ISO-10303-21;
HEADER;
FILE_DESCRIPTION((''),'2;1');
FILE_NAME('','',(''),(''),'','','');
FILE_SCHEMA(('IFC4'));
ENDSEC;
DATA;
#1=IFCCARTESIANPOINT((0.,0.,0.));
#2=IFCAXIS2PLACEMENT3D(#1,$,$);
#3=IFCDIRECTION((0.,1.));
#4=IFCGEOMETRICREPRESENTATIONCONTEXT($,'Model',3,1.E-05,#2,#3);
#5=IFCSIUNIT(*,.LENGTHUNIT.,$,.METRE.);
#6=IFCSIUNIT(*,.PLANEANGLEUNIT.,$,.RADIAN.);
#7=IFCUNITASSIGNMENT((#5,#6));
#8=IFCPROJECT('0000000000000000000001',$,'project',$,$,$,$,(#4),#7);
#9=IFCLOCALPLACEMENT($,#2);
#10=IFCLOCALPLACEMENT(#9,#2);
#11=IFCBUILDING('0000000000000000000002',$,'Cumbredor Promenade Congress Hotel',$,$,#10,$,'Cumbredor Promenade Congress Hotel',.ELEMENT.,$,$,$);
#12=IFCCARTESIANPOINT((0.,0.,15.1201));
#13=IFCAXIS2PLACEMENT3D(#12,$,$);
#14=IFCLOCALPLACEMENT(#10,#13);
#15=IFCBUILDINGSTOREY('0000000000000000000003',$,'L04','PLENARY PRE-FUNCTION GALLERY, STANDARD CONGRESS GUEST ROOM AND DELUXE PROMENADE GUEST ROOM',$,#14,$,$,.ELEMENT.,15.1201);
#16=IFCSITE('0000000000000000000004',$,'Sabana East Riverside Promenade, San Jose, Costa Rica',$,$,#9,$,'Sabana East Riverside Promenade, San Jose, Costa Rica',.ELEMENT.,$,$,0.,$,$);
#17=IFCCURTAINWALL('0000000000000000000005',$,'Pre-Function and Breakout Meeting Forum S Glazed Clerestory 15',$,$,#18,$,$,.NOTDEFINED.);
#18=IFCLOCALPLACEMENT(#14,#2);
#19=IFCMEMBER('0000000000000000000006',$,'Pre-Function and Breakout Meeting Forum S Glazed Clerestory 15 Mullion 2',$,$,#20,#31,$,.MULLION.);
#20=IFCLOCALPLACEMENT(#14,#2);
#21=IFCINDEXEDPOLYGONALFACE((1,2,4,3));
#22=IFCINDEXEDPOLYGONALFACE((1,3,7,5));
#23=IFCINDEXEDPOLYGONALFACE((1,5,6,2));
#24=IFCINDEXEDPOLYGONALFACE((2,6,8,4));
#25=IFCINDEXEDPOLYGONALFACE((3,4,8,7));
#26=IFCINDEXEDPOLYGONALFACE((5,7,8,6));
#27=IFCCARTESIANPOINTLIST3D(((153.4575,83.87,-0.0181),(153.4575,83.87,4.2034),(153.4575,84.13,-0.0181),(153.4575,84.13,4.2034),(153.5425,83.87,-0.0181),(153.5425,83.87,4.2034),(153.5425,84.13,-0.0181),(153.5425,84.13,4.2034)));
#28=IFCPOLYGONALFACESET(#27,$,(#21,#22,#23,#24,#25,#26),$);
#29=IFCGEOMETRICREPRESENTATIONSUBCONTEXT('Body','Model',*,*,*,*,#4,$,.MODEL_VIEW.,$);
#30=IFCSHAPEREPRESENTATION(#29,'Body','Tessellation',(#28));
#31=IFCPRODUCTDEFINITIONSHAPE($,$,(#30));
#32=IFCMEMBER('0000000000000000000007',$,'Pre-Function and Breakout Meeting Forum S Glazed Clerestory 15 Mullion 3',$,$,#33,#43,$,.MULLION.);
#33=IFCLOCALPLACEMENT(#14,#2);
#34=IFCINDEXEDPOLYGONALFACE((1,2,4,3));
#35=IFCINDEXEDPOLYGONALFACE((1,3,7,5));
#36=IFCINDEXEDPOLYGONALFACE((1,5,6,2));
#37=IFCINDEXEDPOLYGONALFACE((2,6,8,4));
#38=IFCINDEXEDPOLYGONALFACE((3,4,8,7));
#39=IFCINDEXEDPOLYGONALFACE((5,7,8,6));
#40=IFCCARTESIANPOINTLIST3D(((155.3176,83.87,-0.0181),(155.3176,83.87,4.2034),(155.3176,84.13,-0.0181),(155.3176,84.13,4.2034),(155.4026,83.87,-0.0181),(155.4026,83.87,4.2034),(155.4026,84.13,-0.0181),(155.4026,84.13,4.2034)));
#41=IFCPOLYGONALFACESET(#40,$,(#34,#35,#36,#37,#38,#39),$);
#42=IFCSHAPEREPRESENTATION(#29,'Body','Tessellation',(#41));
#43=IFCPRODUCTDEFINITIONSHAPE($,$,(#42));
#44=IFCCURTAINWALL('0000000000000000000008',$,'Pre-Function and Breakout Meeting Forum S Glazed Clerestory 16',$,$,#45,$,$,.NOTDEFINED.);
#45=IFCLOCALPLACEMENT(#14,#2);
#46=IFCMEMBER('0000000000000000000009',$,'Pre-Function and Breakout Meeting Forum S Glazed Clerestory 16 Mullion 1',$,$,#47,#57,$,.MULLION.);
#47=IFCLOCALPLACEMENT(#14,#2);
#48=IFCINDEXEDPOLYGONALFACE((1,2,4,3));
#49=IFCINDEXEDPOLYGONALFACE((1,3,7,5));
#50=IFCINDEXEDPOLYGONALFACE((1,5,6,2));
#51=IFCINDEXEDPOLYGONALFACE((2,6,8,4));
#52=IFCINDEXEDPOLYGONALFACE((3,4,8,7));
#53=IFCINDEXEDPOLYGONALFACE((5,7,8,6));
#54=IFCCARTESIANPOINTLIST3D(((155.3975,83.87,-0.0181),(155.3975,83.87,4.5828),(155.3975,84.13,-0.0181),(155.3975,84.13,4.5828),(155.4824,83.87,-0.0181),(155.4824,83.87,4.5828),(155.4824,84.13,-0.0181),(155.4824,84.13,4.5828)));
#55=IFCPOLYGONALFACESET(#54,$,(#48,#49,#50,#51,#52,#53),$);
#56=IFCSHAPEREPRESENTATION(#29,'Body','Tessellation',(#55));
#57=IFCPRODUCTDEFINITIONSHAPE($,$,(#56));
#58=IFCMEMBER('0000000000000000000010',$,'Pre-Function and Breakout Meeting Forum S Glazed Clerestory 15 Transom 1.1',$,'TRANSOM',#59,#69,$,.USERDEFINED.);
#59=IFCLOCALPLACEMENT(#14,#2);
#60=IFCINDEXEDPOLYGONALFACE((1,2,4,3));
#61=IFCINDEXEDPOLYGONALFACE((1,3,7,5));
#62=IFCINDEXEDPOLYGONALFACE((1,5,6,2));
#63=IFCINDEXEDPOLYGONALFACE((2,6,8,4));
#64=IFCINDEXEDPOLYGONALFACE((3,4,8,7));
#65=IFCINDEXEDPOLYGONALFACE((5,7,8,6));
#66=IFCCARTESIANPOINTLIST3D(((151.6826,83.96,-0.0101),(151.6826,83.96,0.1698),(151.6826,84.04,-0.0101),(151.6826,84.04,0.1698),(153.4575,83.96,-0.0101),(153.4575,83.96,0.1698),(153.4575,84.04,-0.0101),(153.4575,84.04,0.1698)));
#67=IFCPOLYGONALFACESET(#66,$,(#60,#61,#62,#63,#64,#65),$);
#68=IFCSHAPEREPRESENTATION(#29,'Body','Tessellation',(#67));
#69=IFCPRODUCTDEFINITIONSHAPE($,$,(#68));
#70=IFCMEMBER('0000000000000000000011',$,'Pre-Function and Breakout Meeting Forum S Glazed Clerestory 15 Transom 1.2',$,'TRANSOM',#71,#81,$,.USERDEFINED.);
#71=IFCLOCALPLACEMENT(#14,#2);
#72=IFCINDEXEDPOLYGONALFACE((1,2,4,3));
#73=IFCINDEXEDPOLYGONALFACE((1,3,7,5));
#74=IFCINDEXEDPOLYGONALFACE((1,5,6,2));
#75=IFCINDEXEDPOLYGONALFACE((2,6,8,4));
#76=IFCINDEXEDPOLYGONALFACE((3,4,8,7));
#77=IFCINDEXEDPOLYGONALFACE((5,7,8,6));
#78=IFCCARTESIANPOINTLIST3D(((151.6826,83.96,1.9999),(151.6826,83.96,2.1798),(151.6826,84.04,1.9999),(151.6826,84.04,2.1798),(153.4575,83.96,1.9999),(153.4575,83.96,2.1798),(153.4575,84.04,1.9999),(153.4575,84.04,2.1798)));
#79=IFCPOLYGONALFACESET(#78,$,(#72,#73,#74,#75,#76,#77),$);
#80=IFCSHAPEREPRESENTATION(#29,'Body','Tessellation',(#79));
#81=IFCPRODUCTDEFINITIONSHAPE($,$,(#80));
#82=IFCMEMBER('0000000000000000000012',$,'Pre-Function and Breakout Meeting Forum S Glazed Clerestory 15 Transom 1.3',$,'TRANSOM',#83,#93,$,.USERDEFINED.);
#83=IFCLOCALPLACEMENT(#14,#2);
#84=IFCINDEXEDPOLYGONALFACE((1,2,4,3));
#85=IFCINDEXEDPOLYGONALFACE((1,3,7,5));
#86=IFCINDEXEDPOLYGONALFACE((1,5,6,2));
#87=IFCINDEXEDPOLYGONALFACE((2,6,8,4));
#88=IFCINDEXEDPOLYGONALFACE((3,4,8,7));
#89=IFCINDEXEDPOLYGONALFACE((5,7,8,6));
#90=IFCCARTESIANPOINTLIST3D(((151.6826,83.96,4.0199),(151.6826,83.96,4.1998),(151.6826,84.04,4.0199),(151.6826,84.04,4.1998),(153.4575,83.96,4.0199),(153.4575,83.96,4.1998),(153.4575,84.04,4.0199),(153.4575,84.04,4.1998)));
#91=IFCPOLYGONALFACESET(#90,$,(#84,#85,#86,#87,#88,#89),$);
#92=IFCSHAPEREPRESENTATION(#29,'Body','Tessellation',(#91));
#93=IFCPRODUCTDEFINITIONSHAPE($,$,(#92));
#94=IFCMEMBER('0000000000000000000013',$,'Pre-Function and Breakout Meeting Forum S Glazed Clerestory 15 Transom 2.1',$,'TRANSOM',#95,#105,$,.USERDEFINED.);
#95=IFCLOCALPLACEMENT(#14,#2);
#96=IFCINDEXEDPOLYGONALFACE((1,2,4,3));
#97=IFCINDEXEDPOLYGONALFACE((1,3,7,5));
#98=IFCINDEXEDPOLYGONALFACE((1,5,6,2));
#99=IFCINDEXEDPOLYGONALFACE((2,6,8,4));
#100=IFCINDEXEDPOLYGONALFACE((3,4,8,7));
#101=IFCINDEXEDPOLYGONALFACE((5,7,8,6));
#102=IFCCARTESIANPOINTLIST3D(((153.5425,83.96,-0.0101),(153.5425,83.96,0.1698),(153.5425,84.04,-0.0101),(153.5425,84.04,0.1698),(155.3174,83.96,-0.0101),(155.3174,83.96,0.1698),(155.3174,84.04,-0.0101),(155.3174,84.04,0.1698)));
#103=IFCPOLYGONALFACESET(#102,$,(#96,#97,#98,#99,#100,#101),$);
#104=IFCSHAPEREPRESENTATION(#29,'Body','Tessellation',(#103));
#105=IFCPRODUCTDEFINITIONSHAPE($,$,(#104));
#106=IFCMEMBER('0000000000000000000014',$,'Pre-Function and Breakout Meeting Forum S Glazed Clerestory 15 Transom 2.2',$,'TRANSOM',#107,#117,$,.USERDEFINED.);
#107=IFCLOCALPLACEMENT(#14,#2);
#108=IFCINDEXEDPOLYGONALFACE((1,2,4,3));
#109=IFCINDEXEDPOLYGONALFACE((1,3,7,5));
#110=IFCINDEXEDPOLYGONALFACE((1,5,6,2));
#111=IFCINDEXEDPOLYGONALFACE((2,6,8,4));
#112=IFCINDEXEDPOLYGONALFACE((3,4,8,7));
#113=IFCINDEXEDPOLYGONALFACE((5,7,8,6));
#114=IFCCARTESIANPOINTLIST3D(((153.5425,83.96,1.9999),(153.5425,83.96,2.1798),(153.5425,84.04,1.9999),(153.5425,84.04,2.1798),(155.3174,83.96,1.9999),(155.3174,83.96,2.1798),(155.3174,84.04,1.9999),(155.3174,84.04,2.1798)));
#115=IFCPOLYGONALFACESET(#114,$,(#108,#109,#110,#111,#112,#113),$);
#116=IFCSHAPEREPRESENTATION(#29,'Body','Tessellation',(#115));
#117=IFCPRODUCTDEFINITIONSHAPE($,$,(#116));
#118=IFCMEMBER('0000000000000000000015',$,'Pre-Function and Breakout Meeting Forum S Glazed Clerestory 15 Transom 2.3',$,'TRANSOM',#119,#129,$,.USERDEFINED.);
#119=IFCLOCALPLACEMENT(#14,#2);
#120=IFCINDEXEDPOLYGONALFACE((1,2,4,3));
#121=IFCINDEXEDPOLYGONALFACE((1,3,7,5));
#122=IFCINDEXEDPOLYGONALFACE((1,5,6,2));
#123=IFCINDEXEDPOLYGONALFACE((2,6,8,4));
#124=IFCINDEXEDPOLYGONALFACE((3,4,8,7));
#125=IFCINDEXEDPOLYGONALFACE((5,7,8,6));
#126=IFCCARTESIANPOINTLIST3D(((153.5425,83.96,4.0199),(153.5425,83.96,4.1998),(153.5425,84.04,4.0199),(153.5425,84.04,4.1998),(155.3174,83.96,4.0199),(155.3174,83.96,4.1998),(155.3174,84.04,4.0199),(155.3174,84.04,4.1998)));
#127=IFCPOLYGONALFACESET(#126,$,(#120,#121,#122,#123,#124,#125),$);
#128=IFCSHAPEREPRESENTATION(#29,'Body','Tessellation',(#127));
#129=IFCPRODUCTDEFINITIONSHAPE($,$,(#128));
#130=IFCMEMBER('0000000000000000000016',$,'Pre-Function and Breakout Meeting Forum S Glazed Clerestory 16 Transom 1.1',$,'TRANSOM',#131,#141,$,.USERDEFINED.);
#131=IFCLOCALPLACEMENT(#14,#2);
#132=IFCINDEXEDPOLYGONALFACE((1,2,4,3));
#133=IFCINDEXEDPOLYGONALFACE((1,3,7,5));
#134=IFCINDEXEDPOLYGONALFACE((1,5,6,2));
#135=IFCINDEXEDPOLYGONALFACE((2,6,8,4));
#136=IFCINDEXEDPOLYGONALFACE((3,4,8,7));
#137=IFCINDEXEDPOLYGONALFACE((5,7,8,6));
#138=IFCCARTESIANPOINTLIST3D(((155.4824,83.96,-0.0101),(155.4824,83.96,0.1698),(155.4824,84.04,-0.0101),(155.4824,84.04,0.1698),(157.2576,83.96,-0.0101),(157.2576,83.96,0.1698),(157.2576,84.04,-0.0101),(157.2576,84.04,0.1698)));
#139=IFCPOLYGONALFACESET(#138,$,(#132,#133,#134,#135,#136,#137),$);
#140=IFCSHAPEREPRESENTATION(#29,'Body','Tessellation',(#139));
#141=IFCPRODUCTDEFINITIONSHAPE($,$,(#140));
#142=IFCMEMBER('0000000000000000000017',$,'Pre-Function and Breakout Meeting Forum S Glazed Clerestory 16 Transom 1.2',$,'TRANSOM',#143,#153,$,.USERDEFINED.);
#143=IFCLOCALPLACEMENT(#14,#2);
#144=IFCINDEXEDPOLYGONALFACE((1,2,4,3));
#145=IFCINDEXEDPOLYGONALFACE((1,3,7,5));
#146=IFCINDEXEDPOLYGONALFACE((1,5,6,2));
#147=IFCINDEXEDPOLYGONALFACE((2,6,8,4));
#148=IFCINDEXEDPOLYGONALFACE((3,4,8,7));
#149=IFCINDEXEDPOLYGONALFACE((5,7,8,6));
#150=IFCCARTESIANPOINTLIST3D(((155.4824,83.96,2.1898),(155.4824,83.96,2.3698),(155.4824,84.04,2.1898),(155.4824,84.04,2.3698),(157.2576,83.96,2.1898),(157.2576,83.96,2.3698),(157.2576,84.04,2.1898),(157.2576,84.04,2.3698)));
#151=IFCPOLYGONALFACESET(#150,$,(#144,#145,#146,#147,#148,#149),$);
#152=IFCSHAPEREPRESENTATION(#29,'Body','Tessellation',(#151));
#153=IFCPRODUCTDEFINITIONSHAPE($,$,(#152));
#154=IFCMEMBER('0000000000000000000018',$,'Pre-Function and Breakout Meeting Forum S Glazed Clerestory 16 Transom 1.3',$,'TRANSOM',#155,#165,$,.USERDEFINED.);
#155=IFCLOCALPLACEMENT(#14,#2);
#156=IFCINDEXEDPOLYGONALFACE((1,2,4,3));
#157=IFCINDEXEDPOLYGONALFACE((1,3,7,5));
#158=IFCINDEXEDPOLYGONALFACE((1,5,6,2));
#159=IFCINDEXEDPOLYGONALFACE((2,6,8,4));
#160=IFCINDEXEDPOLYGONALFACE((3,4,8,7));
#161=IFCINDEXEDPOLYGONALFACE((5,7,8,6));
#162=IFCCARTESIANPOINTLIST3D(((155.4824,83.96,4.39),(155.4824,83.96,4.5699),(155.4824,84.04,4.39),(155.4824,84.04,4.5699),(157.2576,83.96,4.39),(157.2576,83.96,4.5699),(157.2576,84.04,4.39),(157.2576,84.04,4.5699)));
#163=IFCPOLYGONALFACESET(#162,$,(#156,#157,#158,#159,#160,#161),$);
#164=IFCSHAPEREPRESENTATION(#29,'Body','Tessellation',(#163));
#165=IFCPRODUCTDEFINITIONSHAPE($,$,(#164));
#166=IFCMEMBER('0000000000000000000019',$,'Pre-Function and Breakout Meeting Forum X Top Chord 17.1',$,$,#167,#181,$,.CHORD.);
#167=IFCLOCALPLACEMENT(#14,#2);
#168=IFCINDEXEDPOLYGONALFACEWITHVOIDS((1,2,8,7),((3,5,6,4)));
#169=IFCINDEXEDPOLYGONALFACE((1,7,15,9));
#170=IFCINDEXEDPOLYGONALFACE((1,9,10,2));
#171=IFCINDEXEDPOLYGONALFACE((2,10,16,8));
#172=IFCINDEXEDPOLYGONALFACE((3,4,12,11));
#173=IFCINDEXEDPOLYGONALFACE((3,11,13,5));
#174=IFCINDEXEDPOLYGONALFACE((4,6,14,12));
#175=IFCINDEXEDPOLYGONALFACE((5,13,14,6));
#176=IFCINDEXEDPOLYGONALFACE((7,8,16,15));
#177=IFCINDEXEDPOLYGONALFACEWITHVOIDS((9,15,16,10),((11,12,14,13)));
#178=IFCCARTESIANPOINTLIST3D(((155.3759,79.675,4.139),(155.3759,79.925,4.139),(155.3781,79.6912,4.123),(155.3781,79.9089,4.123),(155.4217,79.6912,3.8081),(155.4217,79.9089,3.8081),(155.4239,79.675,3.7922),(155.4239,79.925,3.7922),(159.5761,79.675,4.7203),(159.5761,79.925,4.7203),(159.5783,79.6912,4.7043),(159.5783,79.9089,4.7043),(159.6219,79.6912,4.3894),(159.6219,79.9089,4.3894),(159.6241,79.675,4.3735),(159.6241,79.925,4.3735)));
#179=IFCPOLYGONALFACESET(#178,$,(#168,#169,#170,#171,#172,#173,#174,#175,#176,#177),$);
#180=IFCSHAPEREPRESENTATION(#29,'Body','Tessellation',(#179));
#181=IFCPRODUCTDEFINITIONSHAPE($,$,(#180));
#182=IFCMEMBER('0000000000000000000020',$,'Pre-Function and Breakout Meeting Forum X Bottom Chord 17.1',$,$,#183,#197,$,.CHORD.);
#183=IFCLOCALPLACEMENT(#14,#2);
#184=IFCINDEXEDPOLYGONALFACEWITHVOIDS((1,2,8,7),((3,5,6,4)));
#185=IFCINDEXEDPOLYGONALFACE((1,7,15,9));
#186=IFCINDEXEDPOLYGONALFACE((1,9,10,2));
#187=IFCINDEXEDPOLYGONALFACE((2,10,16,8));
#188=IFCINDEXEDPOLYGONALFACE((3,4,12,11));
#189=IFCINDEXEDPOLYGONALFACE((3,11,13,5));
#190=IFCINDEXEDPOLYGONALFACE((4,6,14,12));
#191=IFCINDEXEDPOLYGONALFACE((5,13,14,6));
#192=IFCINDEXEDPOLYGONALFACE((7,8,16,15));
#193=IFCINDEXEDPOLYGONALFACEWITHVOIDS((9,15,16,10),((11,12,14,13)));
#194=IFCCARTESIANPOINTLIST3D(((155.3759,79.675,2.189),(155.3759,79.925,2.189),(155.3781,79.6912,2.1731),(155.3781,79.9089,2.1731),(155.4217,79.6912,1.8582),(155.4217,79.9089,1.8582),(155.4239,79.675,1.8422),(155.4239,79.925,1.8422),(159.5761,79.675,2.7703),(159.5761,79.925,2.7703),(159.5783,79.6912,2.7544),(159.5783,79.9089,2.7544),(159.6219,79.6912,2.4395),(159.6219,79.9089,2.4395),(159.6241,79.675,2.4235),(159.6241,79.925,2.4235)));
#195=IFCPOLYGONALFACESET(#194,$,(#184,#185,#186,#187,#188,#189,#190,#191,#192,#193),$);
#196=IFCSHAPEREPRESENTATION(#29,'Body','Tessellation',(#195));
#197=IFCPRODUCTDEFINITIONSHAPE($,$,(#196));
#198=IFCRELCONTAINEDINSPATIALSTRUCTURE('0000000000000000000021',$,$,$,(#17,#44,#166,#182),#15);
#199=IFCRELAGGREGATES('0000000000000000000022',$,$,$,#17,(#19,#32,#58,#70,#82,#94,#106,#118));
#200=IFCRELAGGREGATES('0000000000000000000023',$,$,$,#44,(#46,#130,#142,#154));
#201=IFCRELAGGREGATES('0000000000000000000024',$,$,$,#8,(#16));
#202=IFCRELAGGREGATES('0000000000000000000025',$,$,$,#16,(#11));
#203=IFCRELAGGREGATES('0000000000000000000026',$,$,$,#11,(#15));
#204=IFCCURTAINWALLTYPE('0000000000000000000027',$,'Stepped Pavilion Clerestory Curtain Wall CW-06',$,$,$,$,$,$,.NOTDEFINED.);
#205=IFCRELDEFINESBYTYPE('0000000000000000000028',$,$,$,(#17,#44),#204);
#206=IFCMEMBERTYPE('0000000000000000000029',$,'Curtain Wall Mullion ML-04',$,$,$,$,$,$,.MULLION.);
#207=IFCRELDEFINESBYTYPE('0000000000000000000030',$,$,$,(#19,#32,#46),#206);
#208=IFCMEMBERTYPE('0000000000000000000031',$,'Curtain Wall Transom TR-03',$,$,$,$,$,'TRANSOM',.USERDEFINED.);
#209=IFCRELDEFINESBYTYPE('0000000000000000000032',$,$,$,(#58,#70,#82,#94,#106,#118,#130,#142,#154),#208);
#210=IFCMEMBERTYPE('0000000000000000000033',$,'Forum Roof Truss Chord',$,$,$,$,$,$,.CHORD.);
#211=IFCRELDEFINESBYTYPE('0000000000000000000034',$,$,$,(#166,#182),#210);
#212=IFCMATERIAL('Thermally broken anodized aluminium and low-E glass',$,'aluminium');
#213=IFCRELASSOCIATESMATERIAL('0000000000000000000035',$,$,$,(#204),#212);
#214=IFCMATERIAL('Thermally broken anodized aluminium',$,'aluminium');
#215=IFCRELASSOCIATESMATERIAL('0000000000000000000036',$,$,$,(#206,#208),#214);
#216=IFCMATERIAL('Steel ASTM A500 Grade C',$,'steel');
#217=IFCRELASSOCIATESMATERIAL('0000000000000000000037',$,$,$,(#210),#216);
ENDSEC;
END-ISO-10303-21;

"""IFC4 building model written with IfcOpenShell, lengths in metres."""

from ifc_helpers import new_model, si_unit, direction, frame, origin, origin_2d, place, context, subcontext, project, spatial, rectangle, hollow_rectangle, extrude, material, material_profile, profile_set, type_object, element, aggregate, save


model = new_model("IFC4")

# Units and contexts
model_context = context("Model", 3, precision=1e-05, world=origin(), true_north=direction((0.0, 1.0)))
body_context = subcontext(model_context, "Body", "Model", "MODEL_VIEW")
ifc_project = project(units=[si_unit("LENGTHUNIT", "METRE"), si_unit("PLANEANGLEUNIT", "RADIAN")], contexts=[model_context])

# Site, building, storey
site_placement = place(None, origin())
site = spatial("IfcSite", under=ifc_project, at=site_placement, Name="Sabana East Riverside Promenade, San Jose, Costa Rica", LongName="Sabana East Riverside Promenade, San Jose, Costa Rica", CompositionType="ELEMENT", RefElevation=0.0)
building_placement = place(site_placement, origin())
building = spatial("IfcBuilding", under=site, at=building_placement, Name="Cumbredor Promenade Congress Hotel", LongName="Cumbredor Promenade Congress Hotel", CompositionType="ELEMENT")
storey_placement = place(building_placement, frame((0.0, 0.0, 15.1201)))
storey = spatial("IfcBuildingStorey", under=building, at=storey_placement, Name="L04", Description="PLENARY PRE-FUNCTION GALLERY, STANDARD CONGRESS GUEST ROOM AND DELUXE PROMENADE GUEST ROOM", CompositionType="ELEMENT", Elevation=15.1201)

# Curtain wall, members
ifc_material_1 = material(Name="Thermally broken anodized aluminium and low-E glass", Category="aluminium")
curtain_wall_type = type_object("IfcCurtainWallType", Name="Stepped Pavilion Clerestory Curtain Wall CW-06", PredefinedType="NOTDEFINED", material=ifc_material_1)
curtain_wall_1_placement = place(storey_placement, origin())
curtain_wall_1 = element("IfcCurtainWall", 1, at=curtain_wall_1_placement, inside=storey, type_object=curtain_wall_type, Name="Pre-Function and Breakout Meeting Forum S Glazed Clerestory 15", PredefinedType="NOTDEFINED")
ifc_material_2 = material(Name="Thermally broken anodized aluminium", Category="aluminium")
ifc_material_profile_1 = material_profile(ifc_material_2, rectangle(XDim=0.085, YDim=0.26, at=origin_2d()), Name="ALU MULLION CLERESTORY 85x260")
ifc_profile_set_1 = profile_set([ifc_material_profile_1], Name="Thermally broken anodized aluminium")
member_type_1 = type_object("IfcMemberType", Name="Curtain Wall Mullion ML-04", PredefinedType="MULLION", material=ifc_profile_set_1)
member_1_placement = place(storey_placement, frame((153.5, 84.0, -0.0181), z_axis=(0.0, 0.0, 1.0), x_axis=(1.0, 0.0, 0.0)))
member_1 = element("IfcMember", 2, at=member_1_placement, type_object=member_type_1, Name="Pre-Function and Breakout Meeting Forum S Glazed Clerestory 15 Mullion 2", PredefinedType="MULLION", context=body_context, shape_type="SweptSolid", body=[
    extrude(rectangle(XDim=0.085, YDim=0.26, at=origin_2d()), origin(), (0.0, 0.0, 1.0), 4.2214),
])
member_2_placement = place(storey_placement, frame((155.3601, 84.0, -0.0181), z_axis=(0.0, 0.0, 1.0), x_axis=(1.0, 0.0, 0.0)))
member_2 = element("IfcMember", 3, at=member_2_placement, type_object=member_type_1, Name="Pre-Function and Breakout Meeting Forum S Glazed Clerestory 15 Mullion 3", PredefinedType="MULLION", context=body_context, shape_type="SweptSolid", body=[
    extrude(rectangle(XDim=0.085, YDim=0.26, at=origin_2d()), origin(), (0.0, 0.0, 1.0), 4.2214),
])

# Curtain wall, member
curtain_wall_2_placement = place(storey_placement, origin())
curtain_wall_2 = element("IfcCurtainWall", 4, at=curtain_wall_2_placement, inside=storey, type_object=curtain_wall_type, Name="Pre-Function and Breakout Meeting Forum S Glazed Clerestory 16", PredefinedType="NOTDEFINED")
member_3_placement = place(storey_placement, frame((155.4399, 84.0, -0.0181), z_axis=(0.0, 0.0, 1.0), x_axis=(1.0, 0.0, 0.0)))
member_3 = element("IfcMember", 5, at=member_3_placement, type_object=member_type_1, Name="Pre-Function and Breakout Meeting Forum S Glazed Clerestory 16 Mullion 1", PredefinedType="MULLION", context=body_context, shape_type="SweptSolid", body=[
    extrude(rectangle(XDim=0.085, YDim=0.26, at=origin_2d()), origin(), (0.0, 0.0, 1.0), 4.6008),
])

# Members
ifc_material_profile_2 = material_profile(ifc_material_2, rectangle(XDim=0.0801, YDim=0.1799, at=origin_2d()), Name="ALU TRANSOM 80x180")
ifc_profile_set_2 = profile_set([ifc_material_profile_2], Name="Thermally broken anodized aluminium")
member_type_2 = type_object("IfcMemberType", Name="Curtain Wall Transom TR-03", ElementType="TRANSOM", PredefinedType="USERDEFINED", material=ifc_profile_set_2)
member_4_placement = place(storey_placement, frame((151.6826, 84.0, 0.0798), z_axis=(1.0, 0.0, 0.0), x_axis=(0.0, 1.0, 0.0)))
member_4 = element("IfcMember", 6, at=member_4_placement, type_object=member_type_2, Name="Pre-Function and Breakout Meeting Forum S Glazed Clerestory 15 Transom 1.1", ObjectType="TRANSOM", PredefinedType="USERDEFINED", context=body_context, shape_type="SweptSolid", body=[
    extrude(rectangle(XDim=0.0801, YDim=0.1799, at=origin_2d()), origin(), (0.0, 0.0, 1.0), 1.7749),
])
member_5_placement = place(storey_placement, frame((151.6826, 84.0, 2.0898), z_axis=(1.0, 0.0, 0.0), x_axis=(0.0, 1.0, 0.0)))
member_5 = element("IfcMember", 7, at=member_5_placement, type_object=member_type_2, Name="Pre-Function and Breakout Meeting Forum S Glazed Clerestory 15 Transom 1.2", ObjectType="TRANSOM", PredefinedType="USERDEFINED", context=body_context, shape_type="SweptSolid", body=[
    extrude(rectangle(XDim=0.0801, YDim=0.1799, at=origin_2d()), origin(), (0.0, 0.0, 1.0), 1.7749),
])
member_6_placement = place(storey_placement, frame((151.6826, 84.0, 4.1099), z_axis=(1.0, 0.0, 0.0), x_axis=(0.0, 1.0, 0.0)))
member_6 = element("IfcMember", 8, at=member_6_placement, type_object=member_type_2, Name="Pre-Function and Breakout Meeting Forum S Glazed Clerestory 15 Transom 1.3", ObjectType="TRANSOM", PredefinedType="USERDEFINED", context=body_context, shape_type="SweptSolid", body=[
    extrude(rectangle(XDim=0.0801, YDim=0.1799, at=origin_2d()), origin(), (0.0, 0.0, 1.0), 1.7749),
])
member_7_placement = place(storey_placement, frame((153.5425, 84.0, 0.0798), z_axis=(1.0, 0.0, 0.0), x_axis=(0.0, 1.0, 0.0)))
member_7 = element("IfcMember", 9, at=member_7_placement, type_object=member_type_2, Name="Pre-Function and Breakout Meeting Forum S Glazed Clerestory 15 Transom 2.1", ObjectType="TRANSOM", PredefinedType="USERDEFINED", context=body_context, shape_type="SweptSolid", body=[
    extrude(rectangle(XDim=0.0801, YDim=0.1799, at=origin_2d()), origin(), (0.0, 0.0, 1.0), 1.7749),
])
member_8_placement = place(storey_placement, frame((153.5425, 84.0, 2.0898), z_axis=(1.0, 0.0, 0.0), x_axis=(0.0, 1.0, 0.0)))
member_8 = element("IfcMember", 10, at=member_8_placement, type_object=member_type_2, Name="Pre-Function and Breakout Meeting Forum S Glazed Clerestory 15 Transom 2.2", ObjectType="TRANSOM", PredefinedType="USERDEFINED", context=body_context, shape_type="SweptSolid", body=[
    extrude(rectangle(XDim=0.0801, YDim=0.1799, at=origin_2d()), origin(), (0.0, 0.0, 1.0), 1.7749),
])
member_9_placement = place(storey_placement, frame((153.5425, 84.0, 4.1099), z_axis=(1.0, 0.0, 0.0), x_axis=(0.0, 1.0, 0.0)))
member_9 = element("IfcMember", 11, at=member_9_placement, type_object=member_type_2, Name="Pre-Function and Breakout Meeting Forum S Glazed Clerestory 15 Transom 2.3", ObjectType="TRANSOM", PredefinedType="USERDEFINED", context=body_context, shape_type="SweptSolid", body=[
    extrude(rectangle(XDim=0.0801, YDim=0.1799, at=origin_2d()), origin(), (0.0, 0.0, 1.0), 1.7749),
])
member_10_placement = place(storey_placement, frame((155.4824, 84.0, 0.0798), z_axis=(1.0, 0.0, 0.0), x_axis=(0.0, 1.0, 0.0)))
member_10 = element("IfcMember", 12, at=member_10_placement, type_object=member_type_2, Name="Pre-Function and Breakout Meeting Forum S Glazed Clerestory 16 Transom 1.1", ObjectType="TRANSOM", PredefinedType="USERDEFINED", context=body_context, shape_type="SweptSolid", body=[
    extrude(rectangle(XDim=0.0801, YDim=0.1799, at=origin_2d()), origin(), (0.0, 0.0, 1.0), 1.7751),
])
member_11_placement = place(storey_placement, frame((155.4824, 84.0, 2.2798), z_axis=(1.0, 0.0, 0.0), x_axis=(0.0, 1.0, 0.0)))
member_11 = element("IfcMember", 13, at=member_11_placement, type_object=member_type_2, Name="Pre-Function and Breakout Meeting Forum S Glazed Clerestory 16 Transom 1.2", ObjectType="TRANSOM", PredefinedType="USERDEFINED", context=body_context, shape_type="SweptSolid", body=[
    extrude(rectangle(XDim=0.0801, YDim=0.1799, at=origin_2d()), origin(), (0.0, 0.0, 1.0), 1.7751),
])
member_12_placement = place(storey_placement, frame((155.4824, 84.0, 4.48), z_axis=(1.0, 0.0, 0.0), x_axis=(0.0, 1.0, 0.0)))
member_12 = element("IfcMember", 14, at=member_12_placement, type_object=member_type_2, Name="Pre-Function and Breakout Meeting Forum S Glazed Clerestory 16 Transom 1.3", ObjectType="TRANSOM", PredefinedType="USERDEFINED", context=body_context, shape_type="SweptSolid", body=[
    extrude(rectangle(XDim=0.0801, YDim=0.1799, at=origin_2d()), origin(), (0.0, 0.0, 1.0), 1.7751),
])

# Members
ifc_material_3 = material(Name="Steel ASTM A500 Grade C", Category="steel")
ifc_material_profile_3 = material_profile(ifc_material_3, hollow_rectangle(XDim=0.25, YDim=0.3501, WallThickness=0.0161, at=origin_2d()), Name="HSS 350x250x16")
ifc_profile_set_3 = profile_set([ifc_material_profile_3], Name="Steel ASTM A500 Grade C")
member_type_3 = type_object("IfcMemberType", Name="Forum Roof Truss Chord", PredefinedType="CHORD", material=ifc_profile_set_3)
for number, where, z_axis, x_axis, name in (
    (15, (155.3999, 79.8, 3.9656), (0.990558, 0.0, 0.137091), (0.0, 1.0, 0.0), "Pre-Function and Breakout Meeting Forum X Top Chord 17.1"),
    (16, (155.3999, 79.8, 2.0156), (0.990558, 0.0, 0.137091), (0.0, 1.0, 0.0), "Pre-Function and Breakout Meeting Forum X Bottom Chord 17.1"),
):
    element("IfcMember", number, at=place(storey_placement, frame(where, z_axis=z_axis, x_axis=x_axis)), inside=storey, type_object=member_type_3, Name=name, PredefinedType="CHORD", context=body_context, shape_type="SweptSolid", body=[
        extrude(hollow_rectangle(XDim=0.25, YDim=0.3501, WallThickness=0.0161, at=origin_2d()), origin(), (0.0, 0.0, 1.0), 4.2402),
    ])

aggregate(curtain_wall_1, [member_1, member_2, member_4, member_5, member_6, member_7, member_8, member_9])
aggregate(curtain_wall_2, [member_3, member_10, member_11, member_12])

save(model, "model.ifc")
